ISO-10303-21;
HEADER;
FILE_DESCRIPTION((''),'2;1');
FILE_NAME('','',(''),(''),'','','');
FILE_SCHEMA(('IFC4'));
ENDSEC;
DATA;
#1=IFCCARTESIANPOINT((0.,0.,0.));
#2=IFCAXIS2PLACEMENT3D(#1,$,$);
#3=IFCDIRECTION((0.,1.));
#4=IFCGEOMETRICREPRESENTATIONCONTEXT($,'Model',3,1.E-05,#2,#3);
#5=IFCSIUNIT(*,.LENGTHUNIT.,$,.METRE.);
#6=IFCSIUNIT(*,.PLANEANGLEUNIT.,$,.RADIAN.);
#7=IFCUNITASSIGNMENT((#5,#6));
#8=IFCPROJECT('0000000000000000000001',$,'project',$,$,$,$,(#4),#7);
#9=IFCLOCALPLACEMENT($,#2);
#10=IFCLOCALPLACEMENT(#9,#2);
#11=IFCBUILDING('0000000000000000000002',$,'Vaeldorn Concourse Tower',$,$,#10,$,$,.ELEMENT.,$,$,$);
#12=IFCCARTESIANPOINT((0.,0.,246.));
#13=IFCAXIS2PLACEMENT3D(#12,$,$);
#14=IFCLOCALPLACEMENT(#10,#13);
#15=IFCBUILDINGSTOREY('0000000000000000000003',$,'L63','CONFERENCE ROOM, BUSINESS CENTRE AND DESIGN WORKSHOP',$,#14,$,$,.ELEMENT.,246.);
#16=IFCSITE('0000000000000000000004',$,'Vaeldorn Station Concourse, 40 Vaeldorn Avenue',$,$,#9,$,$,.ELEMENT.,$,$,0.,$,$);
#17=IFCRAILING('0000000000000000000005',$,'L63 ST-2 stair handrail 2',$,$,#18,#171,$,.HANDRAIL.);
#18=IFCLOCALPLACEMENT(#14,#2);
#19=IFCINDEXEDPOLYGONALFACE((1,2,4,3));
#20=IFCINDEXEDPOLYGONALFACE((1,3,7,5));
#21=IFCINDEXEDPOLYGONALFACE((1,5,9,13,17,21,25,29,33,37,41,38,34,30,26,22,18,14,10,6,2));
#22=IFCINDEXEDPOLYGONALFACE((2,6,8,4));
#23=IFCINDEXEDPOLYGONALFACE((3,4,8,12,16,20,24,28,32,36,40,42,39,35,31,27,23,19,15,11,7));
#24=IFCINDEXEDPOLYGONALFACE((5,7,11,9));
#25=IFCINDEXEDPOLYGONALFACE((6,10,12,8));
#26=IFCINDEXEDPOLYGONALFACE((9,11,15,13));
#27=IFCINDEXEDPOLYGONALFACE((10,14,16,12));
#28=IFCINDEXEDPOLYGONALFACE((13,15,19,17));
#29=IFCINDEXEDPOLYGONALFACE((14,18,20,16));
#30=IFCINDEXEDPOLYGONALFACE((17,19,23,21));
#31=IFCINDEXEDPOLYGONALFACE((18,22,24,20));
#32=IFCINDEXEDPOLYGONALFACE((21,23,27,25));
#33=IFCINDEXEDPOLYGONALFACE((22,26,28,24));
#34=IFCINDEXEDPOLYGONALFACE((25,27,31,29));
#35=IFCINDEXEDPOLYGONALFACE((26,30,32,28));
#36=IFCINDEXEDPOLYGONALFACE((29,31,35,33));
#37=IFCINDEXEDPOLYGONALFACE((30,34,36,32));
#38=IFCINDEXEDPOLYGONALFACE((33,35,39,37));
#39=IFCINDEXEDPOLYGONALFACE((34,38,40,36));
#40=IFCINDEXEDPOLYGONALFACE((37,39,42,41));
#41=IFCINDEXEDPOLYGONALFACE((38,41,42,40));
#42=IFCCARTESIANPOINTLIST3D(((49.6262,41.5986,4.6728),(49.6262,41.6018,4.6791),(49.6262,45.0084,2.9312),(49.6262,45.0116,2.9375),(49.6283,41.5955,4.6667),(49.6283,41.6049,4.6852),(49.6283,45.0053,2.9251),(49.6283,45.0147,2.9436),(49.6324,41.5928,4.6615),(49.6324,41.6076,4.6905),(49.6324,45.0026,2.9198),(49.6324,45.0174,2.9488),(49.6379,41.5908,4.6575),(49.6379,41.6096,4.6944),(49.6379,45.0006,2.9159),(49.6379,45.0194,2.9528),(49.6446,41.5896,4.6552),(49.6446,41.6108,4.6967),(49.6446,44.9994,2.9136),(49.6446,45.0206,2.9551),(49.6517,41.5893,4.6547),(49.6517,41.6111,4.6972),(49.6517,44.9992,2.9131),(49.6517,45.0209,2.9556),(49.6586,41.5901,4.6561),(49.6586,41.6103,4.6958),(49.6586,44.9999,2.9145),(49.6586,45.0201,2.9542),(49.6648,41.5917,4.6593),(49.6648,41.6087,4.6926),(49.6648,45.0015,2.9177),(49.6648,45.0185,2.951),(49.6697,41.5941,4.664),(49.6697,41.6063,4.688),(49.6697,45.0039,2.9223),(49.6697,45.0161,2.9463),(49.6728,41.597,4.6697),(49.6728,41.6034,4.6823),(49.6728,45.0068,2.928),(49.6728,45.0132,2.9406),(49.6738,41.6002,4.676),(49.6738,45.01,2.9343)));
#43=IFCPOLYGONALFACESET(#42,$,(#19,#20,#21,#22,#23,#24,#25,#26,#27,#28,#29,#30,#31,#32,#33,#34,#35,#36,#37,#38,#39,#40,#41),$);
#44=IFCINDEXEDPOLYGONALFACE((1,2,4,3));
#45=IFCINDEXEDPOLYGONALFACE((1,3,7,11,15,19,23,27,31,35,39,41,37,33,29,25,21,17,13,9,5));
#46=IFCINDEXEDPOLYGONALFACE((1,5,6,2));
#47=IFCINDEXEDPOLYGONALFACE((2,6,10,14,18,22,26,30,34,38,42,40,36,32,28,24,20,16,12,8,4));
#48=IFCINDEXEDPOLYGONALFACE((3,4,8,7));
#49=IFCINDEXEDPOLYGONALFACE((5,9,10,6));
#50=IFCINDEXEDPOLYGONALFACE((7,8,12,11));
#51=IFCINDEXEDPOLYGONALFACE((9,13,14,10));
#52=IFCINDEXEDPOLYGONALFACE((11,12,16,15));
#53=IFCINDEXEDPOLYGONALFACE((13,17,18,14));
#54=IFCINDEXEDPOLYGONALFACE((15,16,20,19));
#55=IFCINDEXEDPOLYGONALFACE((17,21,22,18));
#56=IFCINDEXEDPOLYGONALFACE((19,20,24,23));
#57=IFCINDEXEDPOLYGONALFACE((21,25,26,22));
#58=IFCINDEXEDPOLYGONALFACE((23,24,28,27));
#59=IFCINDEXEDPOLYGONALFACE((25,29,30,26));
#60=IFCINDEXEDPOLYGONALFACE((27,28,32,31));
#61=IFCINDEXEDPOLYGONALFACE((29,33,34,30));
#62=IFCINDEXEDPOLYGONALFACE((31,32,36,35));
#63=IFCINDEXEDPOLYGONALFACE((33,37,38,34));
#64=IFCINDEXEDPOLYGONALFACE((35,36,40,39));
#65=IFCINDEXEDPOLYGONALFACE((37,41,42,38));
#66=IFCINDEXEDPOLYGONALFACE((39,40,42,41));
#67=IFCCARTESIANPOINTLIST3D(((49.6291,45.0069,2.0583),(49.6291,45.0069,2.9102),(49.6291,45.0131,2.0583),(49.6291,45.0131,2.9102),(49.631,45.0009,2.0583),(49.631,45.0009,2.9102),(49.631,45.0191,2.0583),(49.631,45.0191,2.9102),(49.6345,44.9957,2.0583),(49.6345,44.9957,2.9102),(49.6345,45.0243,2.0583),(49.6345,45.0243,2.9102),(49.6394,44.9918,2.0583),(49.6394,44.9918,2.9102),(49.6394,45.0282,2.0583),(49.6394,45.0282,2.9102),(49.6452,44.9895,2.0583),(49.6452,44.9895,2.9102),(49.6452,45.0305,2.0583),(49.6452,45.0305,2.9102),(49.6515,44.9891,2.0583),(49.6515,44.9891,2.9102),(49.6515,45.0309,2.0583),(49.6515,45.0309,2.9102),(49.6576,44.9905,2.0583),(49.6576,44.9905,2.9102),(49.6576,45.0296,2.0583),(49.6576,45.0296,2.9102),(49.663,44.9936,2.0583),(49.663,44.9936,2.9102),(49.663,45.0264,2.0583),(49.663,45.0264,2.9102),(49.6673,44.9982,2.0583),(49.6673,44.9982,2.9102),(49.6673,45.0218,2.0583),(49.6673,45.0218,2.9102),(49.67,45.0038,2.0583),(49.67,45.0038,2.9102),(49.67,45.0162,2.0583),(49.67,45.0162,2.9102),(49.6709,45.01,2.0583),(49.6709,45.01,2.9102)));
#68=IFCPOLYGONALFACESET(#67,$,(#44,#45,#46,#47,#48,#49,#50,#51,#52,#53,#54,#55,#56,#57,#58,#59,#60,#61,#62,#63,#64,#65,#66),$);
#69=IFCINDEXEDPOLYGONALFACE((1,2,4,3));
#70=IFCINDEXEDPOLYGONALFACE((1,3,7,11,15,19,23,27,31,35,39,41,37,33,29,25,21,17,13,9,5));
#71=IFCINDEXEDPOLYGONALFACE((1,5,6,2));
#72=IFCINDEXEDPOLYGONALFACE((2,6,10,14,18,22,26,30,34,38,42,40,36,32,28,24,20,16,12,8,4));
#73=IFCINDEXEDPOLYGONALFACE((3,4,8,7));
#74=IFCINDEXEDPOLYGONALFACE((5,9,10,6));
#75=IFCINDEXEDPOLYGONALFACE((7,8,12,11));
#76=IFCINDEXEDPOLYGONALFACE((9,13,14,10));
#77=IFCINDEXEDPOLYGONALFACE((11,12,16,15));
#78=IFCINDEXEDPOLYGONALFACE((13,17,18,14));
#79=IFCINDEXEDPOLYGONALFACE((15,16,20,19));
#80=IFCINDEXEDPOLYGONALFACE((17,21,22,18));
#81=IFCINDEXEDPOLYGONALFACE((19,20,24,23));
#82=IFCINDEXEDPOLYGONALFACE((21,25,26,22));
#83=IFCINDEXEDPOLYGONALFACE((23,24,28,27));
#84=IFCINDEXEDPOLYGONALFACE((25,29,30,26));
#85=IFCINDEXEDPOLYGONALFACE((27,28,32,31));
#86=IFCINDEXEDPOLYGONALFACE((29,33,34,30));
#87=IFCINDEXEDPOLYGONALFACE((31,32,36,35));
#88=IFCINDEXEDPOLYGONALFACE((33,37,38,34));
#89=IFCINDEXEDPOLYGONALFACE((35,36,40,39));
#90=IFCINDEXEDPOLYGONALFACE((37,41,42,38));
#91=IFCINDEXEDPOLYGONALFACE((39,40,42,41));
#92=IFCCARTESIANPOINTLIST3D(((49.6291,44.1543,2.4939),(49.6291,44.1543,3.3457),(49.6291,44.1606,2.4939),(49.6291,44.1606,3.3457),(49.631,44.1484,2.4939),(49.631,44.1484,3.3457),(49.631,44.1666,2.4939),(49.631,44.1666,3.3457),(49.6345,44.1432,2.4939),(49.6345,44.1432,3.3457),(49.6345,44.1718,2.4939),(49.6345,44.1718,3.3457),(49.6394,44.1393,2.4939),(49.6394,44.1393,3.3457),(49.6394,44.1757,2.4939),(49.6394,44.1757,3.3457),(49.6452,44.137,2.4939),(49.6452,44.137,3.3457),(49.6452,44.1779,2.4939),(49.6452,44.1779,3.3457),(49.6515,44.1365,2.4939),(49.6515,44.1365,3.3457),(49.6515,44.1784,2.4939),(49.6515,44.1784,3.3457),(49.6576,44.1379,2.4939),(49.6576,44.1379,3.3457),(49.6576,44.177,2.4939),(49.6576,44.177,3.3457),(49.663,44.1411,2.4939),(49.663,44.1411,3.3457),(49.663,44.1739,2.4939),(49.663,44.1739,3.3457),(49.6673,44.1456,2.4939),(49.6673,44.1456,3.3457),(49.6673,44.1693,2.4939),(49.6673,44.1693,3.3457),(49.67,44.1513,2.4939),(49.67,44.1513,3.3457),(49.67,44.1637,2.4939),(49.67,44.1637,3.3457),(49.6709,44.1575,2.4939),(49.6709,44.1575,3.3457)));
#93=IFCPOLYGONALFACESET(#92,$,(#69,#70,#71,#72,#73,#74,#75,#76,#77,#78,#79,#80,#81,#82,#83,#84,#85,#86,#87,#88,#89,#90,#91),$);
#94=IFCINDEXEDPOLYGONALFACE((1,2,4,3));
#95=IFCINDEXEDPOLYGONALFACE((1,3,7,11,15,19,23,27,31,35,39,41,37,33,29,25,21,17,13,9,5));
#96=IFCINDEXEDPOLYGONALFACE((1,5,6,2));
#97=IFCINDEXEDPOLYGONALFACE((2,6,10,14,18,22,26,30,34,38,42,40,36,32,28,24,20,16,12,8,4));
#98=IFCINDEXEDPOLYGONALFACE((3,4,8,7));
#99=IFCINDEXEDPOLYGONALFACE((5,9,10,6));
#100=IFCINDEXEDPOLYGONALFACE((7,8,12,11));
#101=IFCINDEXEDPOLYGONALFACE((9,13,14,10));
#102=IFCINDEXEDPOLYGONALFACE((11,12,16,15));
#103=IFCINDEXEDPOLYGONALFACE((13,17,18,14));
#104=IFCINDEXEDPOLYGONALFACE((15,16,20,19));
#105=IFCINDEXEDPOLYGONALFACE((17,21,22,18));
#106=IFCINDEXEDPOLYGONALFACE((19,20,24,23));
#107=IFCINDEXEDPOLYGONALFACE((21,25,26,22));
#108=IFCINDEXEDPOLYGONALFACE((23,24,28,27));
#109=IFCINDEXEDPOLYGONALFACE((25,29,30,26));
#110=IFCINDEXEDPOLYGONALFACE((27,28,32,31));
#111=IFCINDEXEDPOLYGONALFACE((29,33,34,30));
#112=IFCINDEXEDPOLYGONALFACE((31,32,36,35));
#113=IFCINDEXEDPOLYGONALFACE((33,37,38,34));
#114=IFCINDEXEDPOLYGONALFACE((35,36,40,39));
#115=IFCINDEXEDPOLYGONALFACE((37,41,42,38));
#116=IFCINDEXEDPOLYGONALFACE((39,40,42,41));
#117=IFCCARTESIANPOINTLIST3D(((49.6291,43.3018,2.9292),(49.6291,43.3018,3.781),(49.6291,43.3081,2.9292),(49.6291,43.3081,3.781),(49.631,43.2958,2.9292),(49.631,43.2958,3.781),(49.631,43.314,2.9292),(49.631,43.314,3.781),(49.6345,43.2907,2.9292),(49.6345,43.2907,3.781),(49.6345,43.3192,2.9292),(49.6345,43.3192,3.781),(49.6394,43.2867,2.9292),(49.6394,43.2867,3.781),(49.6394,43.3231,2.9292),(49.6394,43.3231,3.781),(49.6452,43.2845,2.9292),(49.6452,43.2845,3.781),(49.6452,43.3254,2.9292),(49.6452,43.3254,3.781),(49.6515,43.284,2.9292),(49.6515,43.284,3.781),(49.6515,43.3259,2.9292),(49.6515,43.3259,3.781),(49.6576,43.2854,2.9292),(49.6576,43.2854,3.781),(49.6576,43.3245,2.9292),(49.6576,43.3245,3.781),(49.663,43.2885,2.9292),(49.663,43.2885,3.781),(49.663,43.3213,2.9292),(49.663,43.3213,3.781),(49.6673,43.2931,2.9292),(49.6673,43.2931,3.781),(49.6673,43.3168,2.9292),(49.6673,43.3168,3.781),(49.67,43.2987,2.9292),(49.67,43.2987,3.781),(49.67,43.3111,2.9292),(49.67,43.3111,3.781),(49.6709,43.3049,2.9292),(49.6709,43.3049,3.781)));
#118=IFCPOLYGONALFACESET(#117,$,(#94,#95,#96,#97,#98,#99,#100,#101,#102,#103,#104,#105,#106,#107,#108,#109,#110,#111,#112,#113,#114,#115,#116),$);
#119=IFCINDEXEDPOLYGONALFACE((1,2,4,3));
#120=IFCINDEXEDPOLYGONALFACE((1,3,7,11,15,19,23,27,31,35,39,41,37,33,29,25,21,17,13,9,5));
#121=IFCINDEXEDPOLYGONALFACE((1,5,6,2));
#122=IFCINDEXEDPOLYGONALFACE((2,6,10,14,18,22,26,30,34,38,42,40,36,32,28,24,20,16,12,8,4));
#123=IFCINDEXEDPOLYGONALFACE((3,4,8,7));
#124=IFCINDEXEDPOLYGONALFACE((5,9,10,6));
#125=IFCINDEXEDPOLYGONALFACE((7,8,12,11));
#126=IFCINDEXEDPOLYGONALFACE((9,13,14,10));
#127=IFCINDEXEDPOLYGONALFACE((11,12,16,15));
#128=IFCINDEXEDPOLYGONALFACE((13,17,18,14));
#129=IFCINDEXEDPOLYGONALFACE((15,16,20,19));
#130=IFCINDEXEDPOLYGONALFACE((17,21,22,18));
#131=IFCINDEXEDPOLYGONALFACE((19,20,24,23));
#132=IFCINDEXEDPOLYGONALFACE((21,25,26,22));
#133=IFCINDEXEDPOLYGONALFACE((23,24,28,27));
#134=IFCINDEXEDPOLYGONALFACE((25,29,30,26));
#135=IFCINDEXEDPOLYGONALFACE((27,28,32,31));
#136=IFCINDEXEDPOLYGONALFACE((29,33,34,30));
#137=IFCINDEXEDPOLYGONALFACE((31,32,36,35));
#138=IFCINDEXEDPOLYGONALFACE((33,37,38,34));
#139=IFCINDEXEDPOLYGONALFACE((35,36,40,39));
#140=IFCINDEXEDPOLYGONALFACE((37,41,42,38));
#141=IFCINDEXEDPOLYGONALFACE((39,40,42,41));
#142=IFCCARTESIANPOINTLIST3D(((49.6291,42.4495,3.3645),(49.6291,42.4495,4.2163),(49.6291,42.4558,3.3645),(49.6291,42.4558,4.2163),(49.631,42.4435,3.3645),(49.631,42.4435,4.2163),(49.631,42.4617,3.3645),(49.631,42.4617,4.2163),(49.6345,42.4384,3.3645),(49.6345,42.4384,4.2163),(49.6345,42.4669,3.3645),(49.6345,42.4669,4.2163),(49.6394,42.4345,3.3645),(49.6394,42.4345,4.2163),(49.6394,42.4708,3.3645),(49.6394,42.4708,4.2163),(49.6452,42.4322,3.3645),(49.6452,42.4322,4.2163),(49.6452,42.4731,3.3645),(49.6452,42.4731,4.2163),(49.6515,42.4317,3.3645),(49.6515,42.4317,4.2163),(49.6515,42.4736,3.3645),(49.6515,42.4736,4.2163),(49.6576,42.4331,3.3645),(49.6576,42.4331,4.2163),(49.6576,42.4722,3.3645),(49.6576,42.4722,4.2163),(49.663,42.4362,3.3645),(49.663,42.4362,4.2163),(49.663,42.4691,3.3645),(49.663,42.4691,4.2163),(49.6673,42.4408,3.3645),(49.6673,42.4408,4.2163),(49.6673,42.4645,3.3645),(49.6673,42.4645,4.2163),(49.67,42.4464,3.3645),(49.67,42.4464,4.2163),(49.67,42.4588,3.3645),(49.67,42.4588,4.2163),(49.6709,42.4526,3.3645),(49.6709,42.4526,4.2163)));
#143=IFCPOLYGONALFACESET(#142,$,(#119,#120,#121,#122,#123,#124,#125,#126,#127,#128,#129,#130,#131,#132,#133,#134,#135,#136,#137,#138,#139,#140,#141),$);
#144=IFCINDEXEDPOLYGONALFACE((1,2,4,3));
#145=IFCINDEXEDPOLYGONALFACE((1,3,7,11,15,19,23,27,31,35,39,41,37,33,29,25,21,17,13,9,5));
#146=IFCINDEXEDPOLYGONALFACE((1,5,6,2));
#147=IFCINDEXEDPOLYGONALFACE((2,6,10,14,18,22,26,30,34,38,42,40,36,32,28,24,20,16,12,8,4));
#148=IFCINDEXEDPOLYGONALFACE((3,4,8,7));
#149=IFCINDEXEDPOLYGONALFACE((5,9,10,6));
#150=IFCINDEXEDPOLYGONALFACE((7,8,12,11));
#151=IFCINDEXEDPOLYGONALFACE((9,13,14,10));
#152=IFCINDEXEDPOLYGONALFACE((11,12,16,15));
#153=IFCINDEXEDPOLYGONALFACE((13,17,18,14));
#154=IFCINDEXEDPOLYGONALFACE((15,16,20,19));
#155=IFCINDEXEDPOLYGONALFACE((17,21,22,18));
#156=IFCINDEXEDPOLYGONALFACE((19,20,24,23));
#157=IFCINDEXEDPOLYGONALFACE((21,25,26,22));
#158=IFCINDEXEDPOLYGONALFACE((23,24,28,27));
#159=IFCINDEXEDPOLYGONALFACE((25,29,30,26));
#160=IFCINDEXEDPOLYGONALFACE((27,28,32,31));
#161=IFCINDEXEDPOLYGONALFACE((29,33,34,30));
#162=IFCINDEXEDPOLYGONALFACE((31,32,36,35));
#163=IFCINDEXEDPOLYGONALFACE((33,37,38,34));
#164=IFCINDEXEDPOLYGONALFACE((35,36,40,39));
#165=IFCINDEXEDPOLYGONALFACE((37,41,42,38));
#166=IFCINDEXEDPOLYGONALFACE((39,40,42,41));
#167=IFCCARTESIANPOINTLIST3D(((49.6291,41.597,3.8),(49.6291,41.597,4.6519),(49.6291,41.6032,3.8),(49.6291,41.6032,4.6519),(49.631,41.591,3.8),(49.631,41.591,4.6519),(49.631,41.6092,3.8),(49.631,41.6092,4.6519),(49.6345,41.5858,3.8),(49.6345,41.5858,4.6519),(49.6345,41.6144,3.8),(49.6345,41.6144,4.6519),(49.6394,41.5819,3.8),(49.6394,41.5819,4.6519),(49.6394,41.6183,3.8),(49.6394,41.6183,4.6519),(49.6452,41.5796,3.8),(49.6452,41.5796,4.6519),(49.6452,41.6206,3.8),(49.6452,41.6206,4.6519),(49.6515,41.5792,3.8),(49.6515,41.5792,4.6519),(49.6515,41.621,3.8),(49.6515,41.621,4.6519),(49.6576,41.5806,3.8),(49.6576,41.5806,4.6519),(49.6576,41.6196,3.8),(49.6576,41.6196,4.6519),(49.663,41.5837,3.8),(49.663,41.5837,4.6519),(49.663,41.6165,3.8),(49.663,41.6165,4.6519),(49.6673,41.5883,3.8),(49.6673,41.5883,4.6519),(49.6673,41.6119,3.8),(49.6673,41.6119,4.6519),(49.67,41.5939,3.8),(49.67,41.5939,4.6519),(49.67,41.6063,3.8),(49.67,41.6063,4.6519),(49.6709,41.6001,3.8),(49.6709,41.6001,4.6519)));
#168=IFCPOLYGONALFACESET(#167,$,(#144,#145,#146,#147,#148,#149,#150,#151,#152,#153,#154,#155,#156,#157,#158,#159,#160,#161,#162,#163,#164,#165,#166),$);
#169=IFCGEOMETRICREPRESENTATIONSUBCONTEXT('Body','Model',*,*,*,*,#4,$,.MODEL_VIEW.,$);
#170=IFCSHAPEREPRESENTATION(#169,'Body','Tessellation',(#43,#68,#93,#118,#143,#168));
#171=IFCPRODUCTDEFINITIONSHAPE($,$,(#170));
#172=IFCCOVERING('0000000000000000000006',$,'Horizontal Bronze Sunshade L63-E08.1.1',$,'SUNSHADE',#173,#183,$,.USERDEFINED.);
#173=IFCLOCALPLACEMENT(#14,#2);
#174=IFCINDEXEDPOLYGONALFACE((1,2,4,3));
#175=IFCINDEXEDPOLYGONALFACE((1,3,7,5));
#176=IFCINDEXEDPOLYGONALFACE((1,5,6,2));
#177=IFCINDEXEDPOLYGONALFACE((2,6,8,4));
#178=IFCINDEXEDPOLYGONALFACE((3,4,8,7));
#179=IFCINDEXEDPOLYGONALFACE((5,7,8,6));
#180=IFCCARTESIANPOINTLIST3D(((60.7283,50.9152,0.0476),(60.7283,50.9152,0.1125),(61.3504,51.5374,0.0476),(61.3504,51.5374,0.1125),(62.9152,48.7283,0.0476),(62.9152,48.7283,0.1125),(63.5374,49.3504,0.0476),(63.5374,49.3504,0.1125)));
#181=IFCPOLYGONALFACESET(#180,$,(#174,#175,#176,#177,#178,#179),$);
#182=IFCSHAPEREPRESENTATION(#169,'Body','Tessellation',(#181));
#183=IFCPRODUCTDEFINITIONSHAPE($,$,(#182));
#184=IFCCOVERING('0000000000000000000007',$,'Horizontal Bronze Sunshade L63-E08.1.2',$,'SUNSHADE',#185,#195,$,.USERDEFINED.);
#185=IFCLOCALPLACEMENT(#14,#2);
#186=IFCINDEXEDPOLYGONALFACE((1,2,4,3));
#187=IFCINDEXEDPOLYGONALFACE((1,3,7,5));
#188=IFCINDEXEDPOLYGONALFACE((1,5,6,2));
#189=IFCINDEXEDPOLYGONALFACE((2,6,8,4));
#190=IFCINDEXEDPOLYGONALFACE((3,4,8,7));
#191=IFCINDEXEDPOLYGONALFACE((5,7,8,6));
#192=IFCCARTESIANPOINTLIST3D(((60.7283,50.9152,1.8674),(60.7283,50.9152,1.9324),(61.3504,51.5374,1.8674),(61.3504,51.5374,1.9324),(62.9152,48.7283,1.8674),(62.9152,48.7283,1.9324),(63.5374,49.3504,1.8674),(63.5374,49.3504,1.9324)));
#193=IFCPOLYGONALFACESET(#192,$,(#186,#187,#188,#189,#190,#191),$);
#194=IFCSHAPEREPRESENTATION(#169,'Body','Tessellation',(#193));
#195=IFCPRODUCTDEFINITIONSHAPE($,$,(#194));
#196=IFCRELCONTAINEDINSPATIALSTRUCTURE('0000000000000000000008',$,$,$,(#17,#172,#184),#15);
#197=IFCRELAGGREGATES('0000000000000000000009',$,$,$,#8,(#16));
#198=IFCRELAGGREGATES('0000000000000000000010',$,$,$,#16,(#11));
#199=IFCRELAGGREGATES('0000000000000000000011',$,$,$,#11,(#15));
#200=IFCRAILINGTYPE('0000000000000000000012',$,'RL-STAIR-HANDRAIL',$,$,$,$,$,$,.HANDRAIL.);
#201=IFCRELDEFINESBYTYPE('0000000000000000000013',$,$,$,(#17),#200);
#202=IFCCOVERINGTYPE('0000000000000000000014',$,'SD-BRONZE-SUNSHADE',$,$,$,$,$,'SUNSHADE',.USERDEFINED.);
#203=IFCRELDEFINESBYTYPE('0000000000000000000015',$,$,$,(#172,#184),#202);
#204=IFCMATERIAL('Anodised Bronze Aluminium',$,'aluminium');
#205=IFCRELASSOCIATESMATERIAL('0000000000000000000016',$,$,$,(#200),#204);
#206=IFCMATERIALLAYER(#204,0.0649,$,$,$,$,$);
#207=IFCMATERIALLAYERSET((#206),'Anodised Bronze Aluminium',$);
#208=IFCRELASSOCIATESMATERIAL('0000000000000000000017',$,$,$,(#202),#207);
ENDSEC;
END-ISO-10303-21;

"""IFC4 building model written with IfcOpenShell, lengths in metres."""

from ifc_helpers import new_model, si_unit, direction, frame, origin, origin_2d, place, context, subcontext, project, spatial, rectangle, circle, extrude, source, transform, mapped, material, layer, layer_set, type_object, element, save


model = new_model("IFC4")

# Units and contexts
model_context = context("Model", 3, precision=1e-05, world=origin(), true_north=direction((0.0, 1.0)))
body_context = subcontext(model_context, "Body", "Model", "MODEL_VIEW")
ifc_project = project(units=[si_unit("LENGTHUNIT", "METRE"), si_unit("PLANEANGLEUNIT", "RADIAN")], contexts=[model_context])

# Site, building, storey
site_placement = place(None, origin())
site = spatial("IfcSite", under=ifc_project, at=site_placement, Name="Vaeldorn Station Concourse, 40 Vaeldorn Avenue", CompositionType="ELEMENT", RefElevation=0.0)
building_placement = place(site_placement, origin())
building = spatial("IfcBuilding", under=site, at=building_placement, Name="Vaeldorn Concourse Tower", CompositionType="ELEMENT")
storey_placement = place(building_placement, frame((0.0, 0.0, 246.0)))
storey = spatial("IfcBuildingStorey", under=building, at=storey_placement, Name="L63", Description="CONFERENCE ROOM, BUSINESS CENTRE AND DESIGN WORKSHOP", CompositionType="ELEMENT", Elevation=246.0)

# Shared definitions
ifc_material_1 = material(Name="Anodised Bronze Aluminium", Category="aluminium")

# Railing
railing_type_1 = type_object("IfcRailingType", Name="RL-STAIR-HANDRAIL", PredefinedType="HANDRAIL", material=ifc_material_1)
railing_1_placement = place(storey_placement, frame((49.6499, 45.01, 2.0583)))
element("IfcRailing", 1, at=railing_1_placement, inside=storey, type_object=railing_type_1, Name="L63 ST-2 stair handrail 2", PredefinedType="HANDRAIL", context=body_context, shape_type="SweptSolid", body=[
    extrude(circle(Radius=0.0239, at=origin_2d()), frame((0.0, 0.0, 0.876), z_axis=(0.0, -0.890556, 0.454874), x_axis=(1.0, 0.0, 0.0)), (0.0, 0.0, 1.0), 3.8289),
    extrude(circle(Radius=0.021, at=origin_2d()), origin(), (0.0, 0.0, 1.0), 0.8518),
    extrude(circle(Radius=0.021, at=origin_2d()), frame((0.0, -0.8525, 0.4355)), (0.0, 0.0, 1.0), 0.8518),
    extrude(circle(Radius=0.021, at=origin_2d()), frame((0.0, -1.7051, 0.8708)), (0.0, 0.0, 1.0), 0.8518),
    extrude(circle(Radius=0.021, at=origin_2d()), frame((0.0, -2.5574, 1.3062)), (0.0, 0.0, 1.0), 0.8518),
    extrude(circle(Radius=0.021, at=origin_2d()), frame((0.0, -3.4099, 1.7417)), (0.0, 0.0, 1.0), 0.8518),
])

# Coverings
ifc_layer_1 = layer(ifc_material_1, 0.0649)
ifc_layer_set_1 = layer_set([ifc_layer_1], Name="Anodised Bronze Aluminium")
covering_type = type_object("IfcCoveringType", Name="SD-BRONZE-SUNSHADE", ElementType="SUNSHADE", PredefinedType="USERDEFINED", material=ifc_layer_set_1)
shared_shape_1 = source(origin(), body_context, "Body", "SweptSolid", [
    extrude(rectangle(XDim=3.0928, YDim=0.8799, at=origin_2d()), origin(), (0.0, 0.0, 1.0), 0.0649),
])
for number, where, z_axis, x_axis, name in (
    (2, (62.1328, 50.1328, 0.0476), (0.0, 0.0, 1.0), (-0.707107, 0.707107, 0.0), "Horizontal Bronze Sunshade L63-E08.1.1"),
    (3, (62.1328, 50.1328, 1.8674), (0.0, 0.0, 1.0), (-0.707107, 0.707107, 0.0), "Horizontal Bronze Sunshade L63-E08.1.2"),
):
    element("IfcCovering", number, at=place(storey_placement, frame(where, z_axis=z_axis, x_axis=x_axis)), inside=storey, type_object=covering_type, Name=name, ObjectType="SUNSHADE", PredefinedType="USERDEFINED", context=body_context, shape_type="MappedRepresentation", body=[
        mapped(shared_shape_1, transform((0.0, 0.0, 0.0), scale=1.0)),
    ])

save(model, "model.ifc")
